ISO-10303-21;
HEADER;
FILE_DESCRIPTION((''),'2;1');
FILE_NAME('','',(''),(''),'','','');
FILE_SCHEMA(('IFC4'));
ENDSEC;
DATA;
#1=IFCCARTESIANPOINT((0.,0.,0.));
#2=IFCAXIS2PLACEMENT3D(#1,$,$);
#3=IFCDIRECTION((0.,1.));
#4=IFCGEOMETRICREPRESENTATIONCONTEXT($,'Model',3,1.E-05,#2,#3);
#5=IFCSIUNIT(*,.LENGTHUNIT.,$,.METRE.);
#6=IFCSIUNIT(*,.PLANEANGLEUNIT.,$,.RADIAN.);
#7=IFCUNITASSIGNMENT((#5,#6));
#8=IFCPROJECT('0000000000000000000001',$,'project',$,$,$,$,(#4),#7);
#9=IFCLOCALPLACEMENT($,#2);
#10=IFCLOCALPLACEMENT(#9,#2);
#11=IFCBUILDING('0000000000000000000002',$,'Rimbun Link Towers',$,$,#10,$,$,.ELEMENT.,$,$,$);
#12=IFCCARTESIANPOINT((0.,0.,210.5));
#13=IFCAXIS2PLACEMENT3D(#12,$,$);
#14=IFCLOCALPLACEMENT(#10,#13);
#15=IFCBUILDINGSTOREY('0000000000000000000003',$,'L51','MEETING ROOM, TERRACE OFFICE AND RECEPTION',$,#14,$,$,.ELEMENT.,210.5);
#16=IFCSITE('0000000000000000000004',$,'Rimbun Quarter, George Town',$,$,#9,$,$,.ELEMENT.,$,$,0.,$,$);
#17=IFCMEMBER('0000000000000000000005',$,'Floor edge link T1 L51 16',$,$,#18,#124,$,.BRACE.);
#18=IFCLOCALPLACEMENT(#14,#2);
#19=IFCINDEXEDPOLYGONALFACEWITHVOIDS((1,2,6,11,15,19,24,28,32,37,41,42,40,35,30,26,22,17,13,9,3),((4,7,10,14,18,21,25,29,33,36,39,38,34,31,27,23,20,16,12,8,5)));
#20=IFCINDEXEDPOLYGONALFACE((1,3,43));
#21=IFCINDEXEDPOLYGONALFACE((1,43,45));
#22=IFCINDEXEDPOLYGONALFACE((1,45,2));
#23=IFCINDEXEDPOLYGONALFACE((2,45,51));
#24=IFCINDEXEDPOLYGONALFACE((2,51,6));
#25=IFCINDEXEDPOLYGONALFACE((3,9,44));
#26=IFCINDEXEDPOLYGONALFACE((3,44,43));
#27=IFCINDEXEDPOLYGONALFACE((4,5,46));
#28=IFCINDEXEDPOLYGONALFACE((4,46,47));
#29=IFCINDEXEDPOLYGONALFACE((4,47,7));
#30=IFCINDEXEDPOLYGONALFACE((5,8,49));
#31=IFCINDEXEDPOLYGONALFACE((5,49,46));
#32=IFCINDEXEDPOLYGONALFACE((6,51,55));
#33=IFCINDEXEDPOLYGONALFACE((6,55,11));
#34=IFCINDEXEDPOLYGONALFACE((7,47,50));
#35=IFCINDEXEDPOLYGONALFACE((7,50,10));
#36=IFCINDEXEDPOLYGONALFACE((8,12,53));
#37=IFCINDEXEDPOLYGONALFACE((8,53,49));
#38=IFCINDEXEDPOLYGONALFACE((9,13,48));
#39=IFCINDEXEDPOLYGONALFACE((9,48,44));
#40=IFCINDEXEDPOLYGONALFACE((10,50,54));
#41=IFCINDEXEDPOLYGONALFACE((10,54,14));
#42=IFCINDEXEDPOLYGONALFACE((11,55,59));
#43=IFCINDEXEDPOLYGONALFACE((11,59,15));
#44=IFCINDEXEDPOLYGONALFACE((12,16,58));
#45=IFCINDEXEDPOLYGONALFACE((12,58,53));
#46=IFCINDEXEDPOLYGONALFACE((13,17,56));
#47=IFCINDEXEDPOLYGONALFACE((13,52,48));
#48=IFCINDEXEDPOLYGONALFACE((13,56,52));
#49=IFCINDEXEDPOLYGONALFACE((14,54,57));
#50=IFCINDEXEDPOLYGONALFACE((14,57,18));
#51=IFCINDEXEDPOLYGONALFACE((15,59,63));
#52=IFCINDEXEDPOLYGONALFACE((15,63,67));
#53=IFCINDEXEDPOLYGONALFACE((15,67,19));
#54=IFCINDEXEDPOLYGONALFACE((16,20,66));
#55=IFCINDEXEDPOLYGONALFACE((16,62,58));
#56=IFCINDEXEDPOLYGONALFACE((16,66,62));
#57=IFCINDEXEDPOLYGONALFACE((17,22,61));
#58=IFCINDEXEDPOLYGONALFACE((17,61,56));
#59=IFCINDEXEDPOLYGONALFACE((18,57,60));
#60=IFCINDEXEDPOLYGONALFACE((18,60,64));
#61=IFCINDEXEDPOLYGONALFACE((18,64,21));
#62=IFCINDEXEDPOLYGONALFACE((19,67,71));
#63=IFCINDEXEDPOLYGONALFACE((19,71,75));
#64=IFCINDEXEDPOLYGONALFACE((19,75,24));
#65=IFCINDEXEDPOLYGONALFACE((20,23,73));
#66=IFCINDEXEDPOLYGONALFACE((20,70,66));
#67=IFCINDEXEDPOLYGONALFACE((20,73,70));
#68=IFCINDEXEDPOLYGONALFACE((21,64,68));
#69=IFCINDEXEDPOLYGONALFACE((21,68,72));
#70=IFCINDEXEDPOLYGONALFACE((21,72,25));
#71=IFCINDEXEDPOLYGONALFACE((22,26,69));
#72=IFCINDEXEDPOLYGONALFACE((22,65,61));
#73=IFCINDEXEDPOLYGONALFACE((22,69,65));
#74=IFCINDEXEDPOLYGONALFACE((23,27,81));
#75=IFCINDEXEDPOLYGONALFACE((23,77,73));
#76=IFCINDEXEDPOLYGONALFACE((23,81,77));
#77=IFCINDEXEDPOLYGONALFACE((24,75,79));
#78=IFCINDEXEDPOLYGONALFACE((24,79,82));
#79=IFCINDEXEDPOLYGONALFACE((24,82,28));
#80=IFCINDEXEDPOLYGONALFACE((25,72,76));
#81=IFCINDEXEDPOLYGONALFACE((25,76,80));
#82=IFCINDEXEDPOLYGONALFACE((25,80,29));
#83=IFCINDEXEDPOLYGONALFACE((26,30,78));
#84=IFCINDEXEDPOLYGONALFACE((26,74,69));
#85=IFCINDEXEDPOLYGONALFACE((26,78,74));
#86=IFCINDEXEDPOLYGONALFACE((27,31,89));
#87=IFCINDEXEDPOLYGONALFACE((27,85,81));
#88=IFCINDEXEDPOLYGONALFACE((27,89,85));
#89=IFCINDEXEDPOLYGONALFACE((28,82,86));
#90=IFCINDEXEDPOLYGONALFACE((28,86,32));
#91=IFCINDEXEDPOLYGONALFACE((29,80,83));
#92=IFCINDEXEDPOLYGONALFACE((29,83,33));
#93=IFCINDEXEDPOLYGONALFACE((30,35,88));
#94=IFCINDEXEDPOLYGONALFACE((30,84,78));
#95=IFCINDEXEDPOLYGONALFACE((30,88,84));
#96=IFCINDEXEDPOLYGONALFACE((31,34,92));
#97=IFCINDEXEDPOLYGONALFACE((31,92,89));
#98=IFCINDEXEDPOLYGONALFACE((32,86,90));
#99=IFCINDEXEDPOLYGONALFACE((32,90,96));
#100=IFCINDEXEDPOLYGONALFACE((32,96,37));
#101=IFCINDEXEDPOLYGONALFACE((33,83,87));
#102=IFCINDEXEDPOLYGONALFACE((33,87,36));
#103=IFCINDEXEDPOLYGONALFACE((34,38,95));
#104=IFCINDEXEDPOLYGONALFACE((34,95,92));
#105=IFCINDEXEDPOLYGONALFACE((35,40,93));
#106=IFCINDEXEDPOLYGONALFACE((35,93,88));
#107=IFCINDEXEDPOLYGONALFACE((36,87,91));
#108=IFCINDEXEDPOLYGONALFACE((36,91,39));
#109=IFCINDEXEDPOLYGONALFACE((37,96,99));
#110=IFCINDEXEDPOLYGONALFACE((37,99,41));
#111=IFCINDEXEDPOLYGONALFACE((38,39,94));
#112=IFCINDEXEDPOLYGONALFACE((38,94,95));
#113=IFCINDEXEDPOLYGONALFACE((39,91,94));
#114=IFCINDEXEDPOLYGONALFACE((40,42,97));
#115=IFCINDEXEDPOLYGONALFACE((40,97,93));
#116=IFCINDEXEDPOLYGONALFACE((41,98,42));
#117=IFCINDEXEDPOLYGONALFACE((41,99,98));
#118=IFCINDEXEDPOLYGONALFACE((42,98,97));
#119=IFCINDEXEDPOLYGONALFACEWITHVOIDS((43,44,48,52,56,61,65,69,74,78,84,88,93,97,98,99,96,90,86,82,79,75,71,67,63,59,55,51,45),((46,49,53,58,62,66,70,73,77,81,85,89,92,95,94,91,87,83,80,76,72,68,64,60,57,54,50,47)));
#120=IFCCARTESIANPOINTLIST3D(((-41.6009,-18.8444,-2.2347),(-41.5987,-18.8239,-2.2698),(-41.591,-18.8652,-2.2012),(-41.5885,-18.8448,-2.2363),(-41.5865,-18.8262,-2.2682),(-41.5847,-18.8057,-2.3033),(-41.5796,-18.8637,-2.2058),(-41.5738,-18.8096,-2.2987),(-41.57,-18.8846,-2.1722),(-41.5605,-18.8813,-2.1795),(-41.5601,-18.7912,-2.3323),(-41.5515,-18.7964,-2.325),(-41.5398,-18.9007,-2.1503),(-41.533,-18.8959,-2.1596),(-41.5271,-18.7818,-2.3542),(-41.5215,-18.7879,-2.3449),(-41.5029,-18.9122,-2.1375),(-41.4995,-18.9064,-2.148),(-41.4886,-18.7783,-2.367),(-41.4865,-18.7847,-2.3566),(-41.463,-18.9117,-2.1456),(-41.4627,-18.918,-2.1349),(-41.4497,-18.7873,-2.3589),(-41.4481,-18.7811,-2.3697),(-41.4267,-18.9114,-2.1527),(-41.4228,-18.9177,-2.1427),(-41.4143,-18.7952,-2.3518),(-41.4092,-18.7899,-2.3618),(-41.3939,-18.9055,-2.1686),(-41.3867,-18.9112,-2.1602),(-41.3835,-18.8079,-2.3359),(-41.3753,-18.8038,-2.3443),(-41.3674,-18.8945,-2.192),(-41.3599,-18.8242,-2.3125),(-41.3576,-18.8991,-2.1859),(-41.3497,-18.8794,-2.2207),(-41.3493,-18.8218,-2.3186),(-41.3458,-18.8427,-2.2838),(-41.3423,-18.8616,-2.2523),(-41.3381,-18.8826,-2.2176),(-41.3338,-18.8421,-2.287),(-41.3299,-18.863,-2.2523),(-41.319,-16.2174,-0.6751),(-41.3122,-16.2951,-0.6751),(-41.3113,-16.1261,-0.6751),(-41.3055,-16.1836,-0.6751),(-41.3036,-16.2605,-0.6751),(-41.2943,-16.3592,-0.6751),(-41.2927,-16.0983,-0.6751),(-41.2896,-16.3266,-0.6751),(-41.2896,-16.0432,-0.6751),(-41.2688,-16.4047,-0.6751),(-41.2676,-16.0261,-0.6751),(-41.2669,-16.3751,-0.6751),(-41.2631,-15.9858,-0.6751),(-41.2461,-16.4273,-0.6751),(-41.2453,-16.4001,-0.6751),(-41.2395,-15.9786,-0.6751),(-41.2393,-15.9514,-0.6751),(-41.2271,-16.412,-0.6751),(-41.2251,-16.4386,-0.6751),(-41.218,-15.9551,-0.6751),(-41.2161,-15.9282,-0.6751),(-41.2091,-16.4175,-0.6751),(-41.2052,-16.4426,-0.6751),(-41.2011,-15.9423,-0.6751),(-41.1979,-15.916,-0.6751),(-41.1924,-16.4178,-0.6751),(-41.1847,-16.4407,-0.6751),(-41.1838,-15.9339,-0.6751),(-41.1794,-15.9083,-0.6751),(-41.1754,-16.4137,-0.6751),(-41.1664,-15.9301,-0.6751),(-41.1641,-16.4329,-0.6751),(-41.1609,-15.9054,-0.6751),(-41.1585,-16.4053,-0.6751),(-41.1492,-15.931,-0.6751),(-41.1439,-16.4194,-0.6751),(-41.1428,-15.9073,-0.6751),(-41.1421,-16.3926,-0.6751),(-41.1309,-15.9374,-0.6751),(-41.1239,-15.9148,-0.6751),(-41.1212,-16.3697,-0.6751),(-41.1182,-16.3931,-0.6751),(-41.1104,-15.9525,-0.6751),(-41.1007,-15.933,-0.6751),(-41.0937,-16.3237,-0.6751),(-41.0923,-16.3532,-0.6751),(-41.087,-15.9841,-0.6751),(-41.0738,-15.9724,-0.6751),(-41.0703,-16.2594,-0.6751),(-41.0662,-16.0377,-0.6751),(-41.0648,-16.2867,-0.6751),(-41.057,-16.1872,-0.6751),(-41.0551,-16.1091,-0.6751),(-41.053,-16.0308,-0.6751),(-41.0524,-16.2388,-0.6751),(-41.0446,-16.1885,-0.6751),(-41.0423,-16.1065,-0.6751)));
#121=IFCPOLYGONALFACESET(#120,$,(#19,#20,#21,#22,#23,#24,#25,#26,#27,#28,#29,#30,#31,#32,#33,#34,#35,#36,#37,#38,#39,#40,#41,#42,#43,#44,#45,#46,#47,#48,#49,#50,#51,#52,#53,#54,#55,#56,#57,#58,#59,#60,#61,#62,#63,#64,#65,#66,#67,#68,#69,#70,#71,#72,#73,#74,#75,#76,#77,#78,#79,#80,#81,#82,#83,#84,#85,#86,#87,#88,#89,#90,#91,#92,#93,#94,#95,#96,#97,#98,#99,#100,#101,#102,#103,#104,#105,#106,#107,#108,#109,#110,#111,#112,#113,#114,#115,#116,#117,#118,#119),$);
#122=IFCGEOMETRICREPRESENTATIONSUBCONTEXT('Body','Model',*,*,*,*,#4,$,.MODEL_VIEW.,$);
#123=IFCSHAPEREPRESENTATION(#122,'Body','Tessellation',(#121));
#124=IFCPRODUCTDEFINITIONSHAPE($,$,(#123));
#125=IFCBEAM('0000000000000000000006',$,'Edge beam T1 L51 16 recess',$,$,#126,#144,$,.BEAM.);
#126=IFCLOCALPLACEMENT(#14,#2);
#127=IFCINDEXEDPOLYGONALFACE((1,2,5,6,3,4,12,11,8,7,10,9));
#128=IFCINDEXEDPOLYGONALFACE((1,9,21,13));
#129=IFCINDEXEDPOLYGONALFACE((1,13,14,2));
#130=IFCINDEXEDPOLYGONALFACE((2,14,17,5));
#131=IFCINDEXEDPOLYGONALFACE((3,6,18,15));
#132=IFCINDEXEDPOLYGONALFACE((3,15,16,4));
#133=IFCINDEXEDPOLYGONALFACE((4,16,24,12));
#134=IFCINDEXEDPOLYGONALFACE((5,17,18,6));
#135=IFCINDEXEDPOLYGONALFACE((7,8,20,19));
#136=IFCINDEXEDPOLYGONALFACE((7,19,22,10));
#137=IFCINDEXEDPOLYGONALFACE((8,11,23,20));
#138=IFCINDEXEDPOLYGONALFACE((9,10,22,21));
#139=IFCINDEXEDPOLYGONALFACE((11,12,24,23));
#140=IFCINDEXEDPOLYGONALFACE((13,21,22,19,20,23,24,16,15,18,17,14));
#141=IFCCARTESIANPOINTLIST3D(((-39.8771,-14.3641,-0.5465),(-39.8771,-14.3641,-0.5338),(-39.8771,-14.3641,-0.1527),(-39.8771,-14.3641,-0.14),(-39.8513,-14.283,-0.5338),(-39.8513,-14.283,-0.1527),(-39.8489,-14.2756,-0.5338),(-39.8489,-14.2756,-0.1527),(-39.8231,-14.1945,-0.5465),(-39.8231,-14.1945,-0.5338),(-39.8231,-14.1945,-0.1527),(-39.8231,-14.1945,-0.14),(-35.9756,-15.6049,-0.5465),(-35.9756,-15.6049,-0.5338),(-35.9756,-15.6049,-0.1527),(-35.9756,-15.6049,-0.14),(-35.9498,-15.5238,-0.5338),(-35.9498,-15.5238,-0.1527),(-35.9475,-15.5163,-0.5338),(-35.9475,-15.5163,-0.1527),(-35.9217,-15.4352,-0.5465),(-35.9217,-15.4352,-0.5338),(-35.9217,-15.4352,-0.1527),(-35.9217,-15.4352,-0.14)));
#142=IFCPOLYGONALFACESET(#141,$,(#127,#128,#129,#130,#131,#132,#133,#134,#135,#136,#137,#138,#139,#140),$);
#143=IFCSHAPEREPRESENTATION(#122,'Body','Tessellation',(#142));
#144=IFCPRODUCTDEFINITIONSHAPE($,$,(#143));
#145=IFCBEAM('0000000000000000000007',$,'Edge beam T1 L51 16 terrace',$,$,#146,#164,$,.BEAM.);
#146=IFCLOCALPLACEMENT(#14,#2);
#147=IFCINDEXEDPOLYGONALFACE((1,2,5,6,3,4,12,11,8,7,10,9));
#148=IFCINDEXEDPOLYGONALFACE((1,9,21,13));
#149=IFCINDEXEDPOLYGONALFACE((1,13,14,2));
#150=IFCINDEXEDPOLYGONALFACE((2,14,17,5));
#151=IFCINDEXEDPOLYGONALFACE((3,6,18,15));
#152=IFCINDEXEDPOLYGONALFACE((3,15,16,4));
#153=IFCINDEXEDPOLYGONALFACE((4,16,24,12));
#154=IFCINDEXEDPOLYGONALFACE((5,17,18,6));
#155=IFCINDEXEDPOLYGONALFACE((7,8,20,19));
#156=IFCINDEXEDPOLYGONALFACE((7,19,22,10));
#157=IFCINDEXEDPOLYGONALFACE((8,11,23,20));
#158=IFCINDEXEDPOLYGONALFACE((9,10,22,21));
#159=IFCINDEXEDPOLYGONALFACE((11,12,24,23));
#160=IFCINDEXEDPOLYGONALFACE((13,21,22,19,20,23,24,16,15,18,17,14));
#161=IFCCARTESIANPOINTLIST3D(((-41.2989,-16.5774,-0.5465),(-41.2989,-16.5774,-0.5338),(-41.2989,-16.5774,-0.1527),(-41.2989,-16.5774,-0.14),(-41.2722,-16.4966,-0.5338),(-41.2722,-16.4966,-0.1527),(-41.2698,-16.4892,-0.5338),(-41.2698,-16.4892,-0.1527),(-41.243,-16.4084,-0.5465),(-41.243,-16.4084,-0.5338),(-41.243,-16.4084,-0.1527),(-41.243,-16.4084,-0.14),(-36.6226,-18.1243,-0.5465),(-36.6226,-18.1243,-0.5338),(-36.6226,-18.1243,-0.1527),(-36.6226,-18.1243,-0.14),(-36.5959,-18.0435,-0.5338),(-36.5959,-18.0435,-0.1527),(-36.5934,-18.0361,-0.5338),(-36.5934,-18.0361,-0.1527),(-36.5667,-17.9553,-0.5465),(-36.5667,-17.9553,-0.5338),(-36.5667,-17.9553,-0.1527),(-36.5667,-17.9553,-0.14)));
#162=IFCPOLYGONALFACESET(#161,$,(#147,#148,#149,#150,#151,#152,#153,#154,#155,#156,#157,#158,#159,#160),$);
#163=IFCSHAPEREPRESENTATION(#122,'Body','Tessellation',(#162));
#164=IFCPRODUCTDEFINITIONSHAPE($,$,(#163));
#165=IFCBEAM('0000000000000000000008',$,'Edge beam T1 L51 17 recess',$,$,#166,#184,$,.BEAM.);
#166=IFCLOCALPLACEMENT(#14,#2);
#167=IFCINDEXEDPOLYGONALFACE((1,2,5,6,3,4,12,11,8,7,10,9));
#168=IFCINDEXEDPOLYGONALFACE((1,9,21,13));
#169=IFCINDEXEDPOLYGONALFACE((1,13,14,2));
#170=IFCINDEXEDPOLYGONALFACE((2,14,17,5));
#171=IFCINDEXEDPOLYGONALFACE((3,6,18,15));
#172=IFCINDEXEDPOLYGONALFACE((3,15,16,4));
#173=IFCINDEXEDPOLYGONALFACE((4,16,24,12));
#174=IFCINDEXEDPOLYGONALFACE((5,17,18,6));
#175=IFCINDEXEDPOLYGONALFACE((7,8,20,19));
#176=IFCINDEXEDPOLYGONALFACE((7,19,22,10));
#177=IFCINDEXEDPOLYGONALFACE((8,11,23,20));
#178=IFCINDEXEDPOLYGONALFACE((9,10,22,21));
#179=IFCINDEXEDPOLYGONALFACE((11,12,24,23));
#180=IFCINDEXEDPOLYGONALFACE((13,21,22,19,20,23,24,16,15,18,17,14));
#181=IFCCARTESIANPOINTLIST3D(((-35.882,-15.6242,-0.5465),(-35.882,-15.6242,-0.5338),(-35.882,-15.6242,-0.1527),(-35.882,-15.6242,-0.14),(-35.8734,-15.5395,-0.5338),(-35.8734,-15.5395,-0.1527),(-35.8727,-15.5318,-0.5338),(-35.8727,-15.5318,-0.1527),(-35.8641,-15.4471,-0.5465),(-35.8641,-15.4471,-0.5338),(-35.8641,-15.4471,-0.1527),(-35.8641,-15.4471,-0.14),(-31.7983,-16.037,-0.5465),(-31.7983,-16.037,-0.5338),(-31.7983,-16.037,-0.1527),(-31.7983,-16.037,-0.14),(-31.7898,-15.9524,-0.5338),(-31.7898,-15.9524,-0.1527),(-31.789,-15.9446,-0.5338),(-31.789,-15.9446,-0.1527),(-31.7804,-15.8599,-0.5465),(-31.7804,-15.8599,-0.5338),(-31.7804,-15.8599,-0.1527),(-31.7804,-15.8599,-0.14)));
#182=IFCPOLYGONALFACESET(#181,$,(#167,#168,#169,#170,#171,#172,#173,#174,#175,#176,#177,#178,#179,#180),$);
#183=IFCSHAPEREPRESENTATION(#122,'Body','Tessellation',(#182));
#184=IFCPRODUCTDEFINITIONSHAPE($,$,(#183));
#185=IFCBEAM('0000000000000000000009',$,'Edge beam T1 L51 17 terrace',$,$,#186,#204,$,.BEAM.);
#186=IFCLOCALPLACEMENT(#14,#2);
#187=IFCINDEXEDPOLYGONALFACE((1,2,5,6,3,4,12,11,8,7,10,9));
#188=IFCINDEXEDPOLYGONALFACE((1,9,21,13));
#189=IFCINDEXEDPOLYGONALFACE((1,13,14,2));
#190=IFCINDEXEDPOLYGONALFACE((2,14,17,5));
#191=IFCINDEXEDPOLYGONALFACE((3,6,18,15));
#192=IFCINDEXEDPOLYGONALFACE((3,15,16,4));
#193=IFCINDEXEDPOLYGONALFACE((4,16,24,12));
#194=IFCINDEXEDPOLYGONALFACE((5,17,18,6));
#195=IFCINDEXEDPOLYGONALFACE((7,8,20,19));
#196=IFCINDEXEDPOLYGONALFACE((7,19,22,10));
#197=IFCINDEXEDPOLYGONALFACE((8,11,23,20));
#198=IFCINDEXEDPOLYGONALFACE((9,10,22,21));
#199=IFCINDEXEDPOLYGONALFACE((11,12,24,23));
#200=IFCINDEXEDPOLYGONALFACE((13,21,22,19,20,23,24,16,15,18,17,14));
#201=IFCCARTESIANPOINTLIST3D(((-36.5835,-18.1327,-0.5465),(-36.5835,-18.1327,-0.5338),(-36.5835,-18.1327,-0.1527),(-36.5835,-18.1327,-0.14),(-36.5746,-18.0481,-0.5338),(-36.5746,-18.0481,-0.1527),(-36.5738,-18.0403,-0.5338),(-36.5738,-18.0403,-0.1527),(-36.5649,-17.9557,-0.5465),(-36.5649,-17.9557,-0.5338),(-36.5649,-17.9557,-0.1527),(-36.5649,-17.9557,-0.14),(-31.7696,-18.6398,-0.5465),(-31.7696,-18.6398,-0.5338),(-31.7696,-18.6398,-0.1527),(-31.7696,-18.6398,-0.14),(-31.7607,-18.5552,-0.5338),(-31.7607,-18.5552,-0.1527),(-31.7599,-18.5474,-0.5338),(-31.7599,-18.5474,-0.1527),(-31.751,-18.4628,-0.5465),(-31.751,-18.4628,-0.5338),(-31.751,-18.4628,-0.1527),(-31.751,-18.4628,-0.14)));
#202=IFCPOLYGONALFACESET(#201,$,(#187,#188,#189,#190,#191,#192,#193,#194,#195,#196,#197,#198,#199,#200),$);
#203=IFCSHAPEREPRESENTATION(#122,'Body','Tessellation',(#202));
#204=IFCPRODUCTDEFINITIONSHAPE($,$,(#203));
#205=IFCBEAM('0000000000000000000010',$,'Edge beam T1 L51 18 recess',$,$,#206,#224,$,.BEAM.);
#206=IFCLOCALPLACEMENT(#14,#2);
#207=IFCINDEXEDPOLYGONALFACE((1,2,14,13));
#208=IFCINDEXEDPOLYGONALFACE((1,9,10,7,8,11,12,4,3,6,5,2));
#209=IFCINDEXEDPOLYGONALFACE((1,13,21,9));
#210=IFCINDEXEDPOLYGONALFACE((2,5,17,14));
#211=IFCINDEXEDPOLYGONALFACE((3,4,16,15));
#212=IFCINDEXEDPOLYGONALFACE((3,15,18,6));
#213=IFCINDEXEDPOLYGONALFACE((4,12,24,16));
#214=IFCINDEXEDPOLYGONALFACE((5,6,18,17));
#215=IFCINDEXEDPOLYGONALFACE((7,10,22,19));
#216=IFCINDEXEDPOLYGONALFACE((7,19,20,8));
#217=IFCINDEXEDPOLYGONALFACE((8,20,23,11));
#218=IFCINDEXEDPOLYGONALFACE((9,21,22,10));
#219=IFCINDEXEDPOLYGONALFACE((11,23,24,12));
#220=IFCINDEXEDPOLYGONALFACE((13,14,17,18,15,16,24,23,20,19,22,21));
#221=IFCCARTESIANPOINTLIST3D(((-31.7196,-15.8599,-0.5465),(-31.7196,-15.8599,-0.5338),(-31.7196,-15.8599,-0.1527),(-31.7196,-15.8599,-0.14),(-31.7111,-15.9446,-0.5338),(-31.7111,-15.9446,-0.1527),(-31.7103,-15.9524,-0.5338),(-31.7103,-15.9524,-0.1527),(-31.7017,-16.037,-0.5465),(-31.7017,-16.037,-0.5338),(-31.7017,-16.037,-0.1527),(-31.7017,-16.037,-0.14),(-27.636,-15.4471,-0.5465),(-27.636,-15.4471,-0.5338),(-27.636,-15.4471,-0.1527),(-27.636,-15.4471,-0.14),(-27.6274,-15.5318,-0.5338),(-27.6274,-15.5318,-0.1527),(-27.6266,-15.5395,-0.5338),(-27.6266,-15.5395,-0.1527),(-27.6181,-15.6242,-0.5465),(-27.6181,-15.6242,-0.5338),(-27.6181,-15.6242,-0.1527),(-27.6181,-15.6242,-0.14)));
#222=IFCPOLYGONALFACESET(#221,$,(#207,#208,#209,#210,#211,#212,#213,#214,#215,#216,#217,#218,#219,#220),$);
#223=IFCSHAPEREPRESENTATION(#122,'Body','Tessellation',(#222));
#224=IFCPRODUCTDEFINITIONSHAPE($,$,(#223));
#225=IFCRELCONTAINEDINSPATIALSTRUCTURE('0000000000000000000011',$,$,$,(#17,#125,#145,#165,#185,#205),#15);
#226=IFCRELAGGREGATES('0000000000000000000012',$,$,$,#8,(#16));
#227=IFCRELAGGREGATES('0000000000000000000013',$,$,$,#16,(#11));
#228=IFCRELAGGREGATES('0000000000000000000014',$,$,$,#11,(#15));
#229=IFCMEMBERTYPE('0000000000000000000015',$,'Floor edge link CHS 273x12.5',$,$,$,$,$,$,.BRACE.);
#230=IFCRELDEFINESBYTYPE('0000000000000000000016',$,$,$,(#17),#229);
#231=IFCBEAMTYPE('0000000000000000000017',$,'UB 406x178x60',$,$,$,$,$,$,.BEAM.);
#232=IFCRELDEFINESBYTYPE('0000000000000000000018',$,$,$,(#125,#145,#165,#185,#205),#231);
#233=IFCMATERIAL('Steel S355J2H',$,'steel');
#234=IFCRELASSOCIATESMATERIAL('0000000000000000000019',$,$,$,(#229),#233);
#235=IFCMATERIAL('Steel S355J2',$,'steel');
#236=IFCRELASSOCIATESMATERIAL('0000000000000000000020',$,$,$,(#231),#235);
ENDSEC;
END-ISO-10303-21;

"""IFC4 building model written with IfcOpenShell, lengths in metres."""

from ifc_helpers import new_model, si_unit, direction, frame, origin, origin_2d, place, context, subcontext, project, spatial, hollow_circle, i_section, extrude, clip, halfspace, material, material_profile, profile_set, type_object, element, save


model = new_model("IFC4")

# Units and contexts
model_context = context("Model", 3, precision=1e-05, world=origin(), true_north=direction((0.0, 1.0)))
body_context = subcontext(model_context, "Body", "Model", "MODEL_VIEW")
ifc_project = project(units=[si_unit("LENGTHUNIT", "METRE"), si_unit("PLANEANGLEUNIT", "RADIAN")], contexts=[model_context])

# Site, building, storey
site_placement = place(None, origin())
site = spatial("IfcSite", under=ifc_project, at=site_placement, Name="Rimbun Quarter, George Town", CompositionType="ELEMENT", RefElevation=0.0)
building_placement = place(site_placement, origin())
building = spatial("IfcBuilding", under=site, at=building_placement, Name="Rimbun Link Towers", CompositionType="ELEMENT")
storey_placement = place(building_placement, frame((0.0, 0.0, 210.5)))
storey = spatial("IfcBuildingStorey", under=building, at=storey_placement, Name="L51", Description="MEETING ROOM, TERRACE OFFICE AND RECEPTION", CompositionType="ELEMENT", Elevation=210.5)

# Member
ifc_material_1 = material(Name="Steel S355J2H", Category="steel")
ifc_material_profile_1 = material_profile(ifc_material_1, hollow_circle(Radius=0.1365, WallThickness=0.0125, at=origin_2d()), Name="CHS 273x12.5")
ifc_profile_set_1 = profile_set([ifc_material_profile_1], Name="Steel S355J2H")
member_type = type_object("IfcMemberType", Name="Floor edge link CHS 273x12.5", PredefinedType="BRACE", material=ifc_profile_set_1)
member_1_placement = place(storey_placement, frame((-41.2012, -16.3699, -0.7905), z_axis=(-0.091504, -0.857755, -0.505849), x_axis=(0.994358, -0.106077, 0.0)))
element("IfcMember", 1, at=member_1_placement, inside=storey, type_object=member_type, Name="Floor edge link T1 L51 16", PredefinedType="BRACE", context=body_context, shape_type="Clipping", body=[
    clip(extrude(hollow_circle(Radius=0.1365, WallThickness=0.0125, at=origin_2d()), frame((0.0, 0.0, -0.4854)), (0.0, 0.0, 1.0), 3.375), halfspace(frame((0.0, 0.0, -0.2283), z_axis=(0.0, 0.862622, -0.505849)), False)),
])

# Beams
ifc_material_2 = material(Name="Steel S355J2", Category="steel")
ifc_material_profile_2 = material_profile(ifc_material_2, i_section(OverallWidth=0.178, OverallDepth=0.4065, WebThickness=0.0078, FlangeThickness=0.0127, at=origin_2d()), Name="UB 406x178x60")
ifc_profile_set_2 = profile_set([ifc_material_profile_2], Name="Steel S355J2")
beam_type = type_object("IfcBeamType", Name="UB 406x178x60", PredefinedType="BEAM", material=ifc_profile_set_2)
beam_1_placement = place(storey_placement, frame((-39.8501, -14.2793, -0.3433), z_axis=(0.95297, -0.303066, 0.0), x_axis=(0.303066, 0.95297, 0.0)))
element("IfcBeam", 2, at=beam_1_placement, inside=storey, type_object=beam_type, Name="Edge beam T1 L51 16 recess", PredefinedType="BEAM", context=body_context, shape_type="SweptSolid", body=[
    extrude(i_section(OverallWidth=0.178, OverallDepth=0.4065, WebThickness=0.0078, FlangeThickness=0.0127, at=origin_2d()), origin(), (0.0, 0.0, 1.0), 4.094),
])
beam_2_placement = place(storey_placement, frame((-41.271, -16.4929, -0.3433), z_axis=(0.949404, -0.314056, 0.0), x_axis=(0.314056, 0.949404, 0.0)))
element("IfcBeam", 3, at=beam_2_placement, inside=storey, type_object=beam_type, Name="Edge beam T1 L51 16 terrace", PredefinedType="BEAM", context=body_context, shape_type="SweptSolid", body=[
    extrude(i_section(OverallWidth=0.178, OverallDepth=0.4065, WebThickness=0.0078, FlangeThickness=0.0127, at=origin_2d()), origin(), (0.0, 0.0, 1.0), 4.9255),
])
beam_3_placement = place(storey_placement, frame((-35.873, -15.5356, -0.3433), z_axis=(0.994929, -0.100581, 0.0), x_axis=(0.100581, 0.994929, 0.0)))
element("IfcBeam", 4, at=beam_3_placement, inside=storey, type_object=beam_type, Name="Edge beam T1 L51 17 recess", PredefinedType="BEAM", context=body_context, shape_type="SweptSolid", body=[
    extrude(i_section(OverallWidth=0.178, OverallDepth=0.4065, WebThickness=0.0078, FlangeThickness=0.0127, at=origin_2d()), origin(), (0.0, 0.0, 1.0), 4.1045),
])
beam_4_placement = place(storey_placement, frame((-36.5742, -18.0442, -0.3433), z_axis=(0.994498, -0.104756, 0.0), x_axis=(0.104756, 0.994498, 0.0)))
element("IfcBeam", 5, at=beam_4_placement, inside=storey, type_object=beam_type, Name="Edge beam T1 L51 17 terrace", PredefinedType="BEAM", context=body_context, shape_type="SweptSolid", body=[
    extrude(i_section(OverallWidth=0.178, OverallDepth=0.4065, WebThickness=0.0078, FlangeThickness=0.0127, at=origin_2d()), origin(), (0.0, 0.0, 1.0), 4.8406),
])
beam_5_placement = place(storey_placement, frame((-31.7107, -15.9485, -0.3433), z_axis=(0.994929, 0.100581, 0.0), x_axis=(-0.100581, 0.994929, 0.0)))
element("IfcBeam", 6, at=beam_5_placement, inside=storey, type_object=beam_type, Name="Edge beam T1 L51 18 recess", PredefinedType="BEAM", context=body_context, shape_type="SweptSolid", body=[
    extrude(i_section(OverallWidth=0.178, OverallDepth=0.4065, WebThickness=0.0078, FlangeThickness=0.0127, at=origin_2d()), origin(), (0.0, 0.0, 1.0), 4.1045),
])

save(model, "model.ifc")
